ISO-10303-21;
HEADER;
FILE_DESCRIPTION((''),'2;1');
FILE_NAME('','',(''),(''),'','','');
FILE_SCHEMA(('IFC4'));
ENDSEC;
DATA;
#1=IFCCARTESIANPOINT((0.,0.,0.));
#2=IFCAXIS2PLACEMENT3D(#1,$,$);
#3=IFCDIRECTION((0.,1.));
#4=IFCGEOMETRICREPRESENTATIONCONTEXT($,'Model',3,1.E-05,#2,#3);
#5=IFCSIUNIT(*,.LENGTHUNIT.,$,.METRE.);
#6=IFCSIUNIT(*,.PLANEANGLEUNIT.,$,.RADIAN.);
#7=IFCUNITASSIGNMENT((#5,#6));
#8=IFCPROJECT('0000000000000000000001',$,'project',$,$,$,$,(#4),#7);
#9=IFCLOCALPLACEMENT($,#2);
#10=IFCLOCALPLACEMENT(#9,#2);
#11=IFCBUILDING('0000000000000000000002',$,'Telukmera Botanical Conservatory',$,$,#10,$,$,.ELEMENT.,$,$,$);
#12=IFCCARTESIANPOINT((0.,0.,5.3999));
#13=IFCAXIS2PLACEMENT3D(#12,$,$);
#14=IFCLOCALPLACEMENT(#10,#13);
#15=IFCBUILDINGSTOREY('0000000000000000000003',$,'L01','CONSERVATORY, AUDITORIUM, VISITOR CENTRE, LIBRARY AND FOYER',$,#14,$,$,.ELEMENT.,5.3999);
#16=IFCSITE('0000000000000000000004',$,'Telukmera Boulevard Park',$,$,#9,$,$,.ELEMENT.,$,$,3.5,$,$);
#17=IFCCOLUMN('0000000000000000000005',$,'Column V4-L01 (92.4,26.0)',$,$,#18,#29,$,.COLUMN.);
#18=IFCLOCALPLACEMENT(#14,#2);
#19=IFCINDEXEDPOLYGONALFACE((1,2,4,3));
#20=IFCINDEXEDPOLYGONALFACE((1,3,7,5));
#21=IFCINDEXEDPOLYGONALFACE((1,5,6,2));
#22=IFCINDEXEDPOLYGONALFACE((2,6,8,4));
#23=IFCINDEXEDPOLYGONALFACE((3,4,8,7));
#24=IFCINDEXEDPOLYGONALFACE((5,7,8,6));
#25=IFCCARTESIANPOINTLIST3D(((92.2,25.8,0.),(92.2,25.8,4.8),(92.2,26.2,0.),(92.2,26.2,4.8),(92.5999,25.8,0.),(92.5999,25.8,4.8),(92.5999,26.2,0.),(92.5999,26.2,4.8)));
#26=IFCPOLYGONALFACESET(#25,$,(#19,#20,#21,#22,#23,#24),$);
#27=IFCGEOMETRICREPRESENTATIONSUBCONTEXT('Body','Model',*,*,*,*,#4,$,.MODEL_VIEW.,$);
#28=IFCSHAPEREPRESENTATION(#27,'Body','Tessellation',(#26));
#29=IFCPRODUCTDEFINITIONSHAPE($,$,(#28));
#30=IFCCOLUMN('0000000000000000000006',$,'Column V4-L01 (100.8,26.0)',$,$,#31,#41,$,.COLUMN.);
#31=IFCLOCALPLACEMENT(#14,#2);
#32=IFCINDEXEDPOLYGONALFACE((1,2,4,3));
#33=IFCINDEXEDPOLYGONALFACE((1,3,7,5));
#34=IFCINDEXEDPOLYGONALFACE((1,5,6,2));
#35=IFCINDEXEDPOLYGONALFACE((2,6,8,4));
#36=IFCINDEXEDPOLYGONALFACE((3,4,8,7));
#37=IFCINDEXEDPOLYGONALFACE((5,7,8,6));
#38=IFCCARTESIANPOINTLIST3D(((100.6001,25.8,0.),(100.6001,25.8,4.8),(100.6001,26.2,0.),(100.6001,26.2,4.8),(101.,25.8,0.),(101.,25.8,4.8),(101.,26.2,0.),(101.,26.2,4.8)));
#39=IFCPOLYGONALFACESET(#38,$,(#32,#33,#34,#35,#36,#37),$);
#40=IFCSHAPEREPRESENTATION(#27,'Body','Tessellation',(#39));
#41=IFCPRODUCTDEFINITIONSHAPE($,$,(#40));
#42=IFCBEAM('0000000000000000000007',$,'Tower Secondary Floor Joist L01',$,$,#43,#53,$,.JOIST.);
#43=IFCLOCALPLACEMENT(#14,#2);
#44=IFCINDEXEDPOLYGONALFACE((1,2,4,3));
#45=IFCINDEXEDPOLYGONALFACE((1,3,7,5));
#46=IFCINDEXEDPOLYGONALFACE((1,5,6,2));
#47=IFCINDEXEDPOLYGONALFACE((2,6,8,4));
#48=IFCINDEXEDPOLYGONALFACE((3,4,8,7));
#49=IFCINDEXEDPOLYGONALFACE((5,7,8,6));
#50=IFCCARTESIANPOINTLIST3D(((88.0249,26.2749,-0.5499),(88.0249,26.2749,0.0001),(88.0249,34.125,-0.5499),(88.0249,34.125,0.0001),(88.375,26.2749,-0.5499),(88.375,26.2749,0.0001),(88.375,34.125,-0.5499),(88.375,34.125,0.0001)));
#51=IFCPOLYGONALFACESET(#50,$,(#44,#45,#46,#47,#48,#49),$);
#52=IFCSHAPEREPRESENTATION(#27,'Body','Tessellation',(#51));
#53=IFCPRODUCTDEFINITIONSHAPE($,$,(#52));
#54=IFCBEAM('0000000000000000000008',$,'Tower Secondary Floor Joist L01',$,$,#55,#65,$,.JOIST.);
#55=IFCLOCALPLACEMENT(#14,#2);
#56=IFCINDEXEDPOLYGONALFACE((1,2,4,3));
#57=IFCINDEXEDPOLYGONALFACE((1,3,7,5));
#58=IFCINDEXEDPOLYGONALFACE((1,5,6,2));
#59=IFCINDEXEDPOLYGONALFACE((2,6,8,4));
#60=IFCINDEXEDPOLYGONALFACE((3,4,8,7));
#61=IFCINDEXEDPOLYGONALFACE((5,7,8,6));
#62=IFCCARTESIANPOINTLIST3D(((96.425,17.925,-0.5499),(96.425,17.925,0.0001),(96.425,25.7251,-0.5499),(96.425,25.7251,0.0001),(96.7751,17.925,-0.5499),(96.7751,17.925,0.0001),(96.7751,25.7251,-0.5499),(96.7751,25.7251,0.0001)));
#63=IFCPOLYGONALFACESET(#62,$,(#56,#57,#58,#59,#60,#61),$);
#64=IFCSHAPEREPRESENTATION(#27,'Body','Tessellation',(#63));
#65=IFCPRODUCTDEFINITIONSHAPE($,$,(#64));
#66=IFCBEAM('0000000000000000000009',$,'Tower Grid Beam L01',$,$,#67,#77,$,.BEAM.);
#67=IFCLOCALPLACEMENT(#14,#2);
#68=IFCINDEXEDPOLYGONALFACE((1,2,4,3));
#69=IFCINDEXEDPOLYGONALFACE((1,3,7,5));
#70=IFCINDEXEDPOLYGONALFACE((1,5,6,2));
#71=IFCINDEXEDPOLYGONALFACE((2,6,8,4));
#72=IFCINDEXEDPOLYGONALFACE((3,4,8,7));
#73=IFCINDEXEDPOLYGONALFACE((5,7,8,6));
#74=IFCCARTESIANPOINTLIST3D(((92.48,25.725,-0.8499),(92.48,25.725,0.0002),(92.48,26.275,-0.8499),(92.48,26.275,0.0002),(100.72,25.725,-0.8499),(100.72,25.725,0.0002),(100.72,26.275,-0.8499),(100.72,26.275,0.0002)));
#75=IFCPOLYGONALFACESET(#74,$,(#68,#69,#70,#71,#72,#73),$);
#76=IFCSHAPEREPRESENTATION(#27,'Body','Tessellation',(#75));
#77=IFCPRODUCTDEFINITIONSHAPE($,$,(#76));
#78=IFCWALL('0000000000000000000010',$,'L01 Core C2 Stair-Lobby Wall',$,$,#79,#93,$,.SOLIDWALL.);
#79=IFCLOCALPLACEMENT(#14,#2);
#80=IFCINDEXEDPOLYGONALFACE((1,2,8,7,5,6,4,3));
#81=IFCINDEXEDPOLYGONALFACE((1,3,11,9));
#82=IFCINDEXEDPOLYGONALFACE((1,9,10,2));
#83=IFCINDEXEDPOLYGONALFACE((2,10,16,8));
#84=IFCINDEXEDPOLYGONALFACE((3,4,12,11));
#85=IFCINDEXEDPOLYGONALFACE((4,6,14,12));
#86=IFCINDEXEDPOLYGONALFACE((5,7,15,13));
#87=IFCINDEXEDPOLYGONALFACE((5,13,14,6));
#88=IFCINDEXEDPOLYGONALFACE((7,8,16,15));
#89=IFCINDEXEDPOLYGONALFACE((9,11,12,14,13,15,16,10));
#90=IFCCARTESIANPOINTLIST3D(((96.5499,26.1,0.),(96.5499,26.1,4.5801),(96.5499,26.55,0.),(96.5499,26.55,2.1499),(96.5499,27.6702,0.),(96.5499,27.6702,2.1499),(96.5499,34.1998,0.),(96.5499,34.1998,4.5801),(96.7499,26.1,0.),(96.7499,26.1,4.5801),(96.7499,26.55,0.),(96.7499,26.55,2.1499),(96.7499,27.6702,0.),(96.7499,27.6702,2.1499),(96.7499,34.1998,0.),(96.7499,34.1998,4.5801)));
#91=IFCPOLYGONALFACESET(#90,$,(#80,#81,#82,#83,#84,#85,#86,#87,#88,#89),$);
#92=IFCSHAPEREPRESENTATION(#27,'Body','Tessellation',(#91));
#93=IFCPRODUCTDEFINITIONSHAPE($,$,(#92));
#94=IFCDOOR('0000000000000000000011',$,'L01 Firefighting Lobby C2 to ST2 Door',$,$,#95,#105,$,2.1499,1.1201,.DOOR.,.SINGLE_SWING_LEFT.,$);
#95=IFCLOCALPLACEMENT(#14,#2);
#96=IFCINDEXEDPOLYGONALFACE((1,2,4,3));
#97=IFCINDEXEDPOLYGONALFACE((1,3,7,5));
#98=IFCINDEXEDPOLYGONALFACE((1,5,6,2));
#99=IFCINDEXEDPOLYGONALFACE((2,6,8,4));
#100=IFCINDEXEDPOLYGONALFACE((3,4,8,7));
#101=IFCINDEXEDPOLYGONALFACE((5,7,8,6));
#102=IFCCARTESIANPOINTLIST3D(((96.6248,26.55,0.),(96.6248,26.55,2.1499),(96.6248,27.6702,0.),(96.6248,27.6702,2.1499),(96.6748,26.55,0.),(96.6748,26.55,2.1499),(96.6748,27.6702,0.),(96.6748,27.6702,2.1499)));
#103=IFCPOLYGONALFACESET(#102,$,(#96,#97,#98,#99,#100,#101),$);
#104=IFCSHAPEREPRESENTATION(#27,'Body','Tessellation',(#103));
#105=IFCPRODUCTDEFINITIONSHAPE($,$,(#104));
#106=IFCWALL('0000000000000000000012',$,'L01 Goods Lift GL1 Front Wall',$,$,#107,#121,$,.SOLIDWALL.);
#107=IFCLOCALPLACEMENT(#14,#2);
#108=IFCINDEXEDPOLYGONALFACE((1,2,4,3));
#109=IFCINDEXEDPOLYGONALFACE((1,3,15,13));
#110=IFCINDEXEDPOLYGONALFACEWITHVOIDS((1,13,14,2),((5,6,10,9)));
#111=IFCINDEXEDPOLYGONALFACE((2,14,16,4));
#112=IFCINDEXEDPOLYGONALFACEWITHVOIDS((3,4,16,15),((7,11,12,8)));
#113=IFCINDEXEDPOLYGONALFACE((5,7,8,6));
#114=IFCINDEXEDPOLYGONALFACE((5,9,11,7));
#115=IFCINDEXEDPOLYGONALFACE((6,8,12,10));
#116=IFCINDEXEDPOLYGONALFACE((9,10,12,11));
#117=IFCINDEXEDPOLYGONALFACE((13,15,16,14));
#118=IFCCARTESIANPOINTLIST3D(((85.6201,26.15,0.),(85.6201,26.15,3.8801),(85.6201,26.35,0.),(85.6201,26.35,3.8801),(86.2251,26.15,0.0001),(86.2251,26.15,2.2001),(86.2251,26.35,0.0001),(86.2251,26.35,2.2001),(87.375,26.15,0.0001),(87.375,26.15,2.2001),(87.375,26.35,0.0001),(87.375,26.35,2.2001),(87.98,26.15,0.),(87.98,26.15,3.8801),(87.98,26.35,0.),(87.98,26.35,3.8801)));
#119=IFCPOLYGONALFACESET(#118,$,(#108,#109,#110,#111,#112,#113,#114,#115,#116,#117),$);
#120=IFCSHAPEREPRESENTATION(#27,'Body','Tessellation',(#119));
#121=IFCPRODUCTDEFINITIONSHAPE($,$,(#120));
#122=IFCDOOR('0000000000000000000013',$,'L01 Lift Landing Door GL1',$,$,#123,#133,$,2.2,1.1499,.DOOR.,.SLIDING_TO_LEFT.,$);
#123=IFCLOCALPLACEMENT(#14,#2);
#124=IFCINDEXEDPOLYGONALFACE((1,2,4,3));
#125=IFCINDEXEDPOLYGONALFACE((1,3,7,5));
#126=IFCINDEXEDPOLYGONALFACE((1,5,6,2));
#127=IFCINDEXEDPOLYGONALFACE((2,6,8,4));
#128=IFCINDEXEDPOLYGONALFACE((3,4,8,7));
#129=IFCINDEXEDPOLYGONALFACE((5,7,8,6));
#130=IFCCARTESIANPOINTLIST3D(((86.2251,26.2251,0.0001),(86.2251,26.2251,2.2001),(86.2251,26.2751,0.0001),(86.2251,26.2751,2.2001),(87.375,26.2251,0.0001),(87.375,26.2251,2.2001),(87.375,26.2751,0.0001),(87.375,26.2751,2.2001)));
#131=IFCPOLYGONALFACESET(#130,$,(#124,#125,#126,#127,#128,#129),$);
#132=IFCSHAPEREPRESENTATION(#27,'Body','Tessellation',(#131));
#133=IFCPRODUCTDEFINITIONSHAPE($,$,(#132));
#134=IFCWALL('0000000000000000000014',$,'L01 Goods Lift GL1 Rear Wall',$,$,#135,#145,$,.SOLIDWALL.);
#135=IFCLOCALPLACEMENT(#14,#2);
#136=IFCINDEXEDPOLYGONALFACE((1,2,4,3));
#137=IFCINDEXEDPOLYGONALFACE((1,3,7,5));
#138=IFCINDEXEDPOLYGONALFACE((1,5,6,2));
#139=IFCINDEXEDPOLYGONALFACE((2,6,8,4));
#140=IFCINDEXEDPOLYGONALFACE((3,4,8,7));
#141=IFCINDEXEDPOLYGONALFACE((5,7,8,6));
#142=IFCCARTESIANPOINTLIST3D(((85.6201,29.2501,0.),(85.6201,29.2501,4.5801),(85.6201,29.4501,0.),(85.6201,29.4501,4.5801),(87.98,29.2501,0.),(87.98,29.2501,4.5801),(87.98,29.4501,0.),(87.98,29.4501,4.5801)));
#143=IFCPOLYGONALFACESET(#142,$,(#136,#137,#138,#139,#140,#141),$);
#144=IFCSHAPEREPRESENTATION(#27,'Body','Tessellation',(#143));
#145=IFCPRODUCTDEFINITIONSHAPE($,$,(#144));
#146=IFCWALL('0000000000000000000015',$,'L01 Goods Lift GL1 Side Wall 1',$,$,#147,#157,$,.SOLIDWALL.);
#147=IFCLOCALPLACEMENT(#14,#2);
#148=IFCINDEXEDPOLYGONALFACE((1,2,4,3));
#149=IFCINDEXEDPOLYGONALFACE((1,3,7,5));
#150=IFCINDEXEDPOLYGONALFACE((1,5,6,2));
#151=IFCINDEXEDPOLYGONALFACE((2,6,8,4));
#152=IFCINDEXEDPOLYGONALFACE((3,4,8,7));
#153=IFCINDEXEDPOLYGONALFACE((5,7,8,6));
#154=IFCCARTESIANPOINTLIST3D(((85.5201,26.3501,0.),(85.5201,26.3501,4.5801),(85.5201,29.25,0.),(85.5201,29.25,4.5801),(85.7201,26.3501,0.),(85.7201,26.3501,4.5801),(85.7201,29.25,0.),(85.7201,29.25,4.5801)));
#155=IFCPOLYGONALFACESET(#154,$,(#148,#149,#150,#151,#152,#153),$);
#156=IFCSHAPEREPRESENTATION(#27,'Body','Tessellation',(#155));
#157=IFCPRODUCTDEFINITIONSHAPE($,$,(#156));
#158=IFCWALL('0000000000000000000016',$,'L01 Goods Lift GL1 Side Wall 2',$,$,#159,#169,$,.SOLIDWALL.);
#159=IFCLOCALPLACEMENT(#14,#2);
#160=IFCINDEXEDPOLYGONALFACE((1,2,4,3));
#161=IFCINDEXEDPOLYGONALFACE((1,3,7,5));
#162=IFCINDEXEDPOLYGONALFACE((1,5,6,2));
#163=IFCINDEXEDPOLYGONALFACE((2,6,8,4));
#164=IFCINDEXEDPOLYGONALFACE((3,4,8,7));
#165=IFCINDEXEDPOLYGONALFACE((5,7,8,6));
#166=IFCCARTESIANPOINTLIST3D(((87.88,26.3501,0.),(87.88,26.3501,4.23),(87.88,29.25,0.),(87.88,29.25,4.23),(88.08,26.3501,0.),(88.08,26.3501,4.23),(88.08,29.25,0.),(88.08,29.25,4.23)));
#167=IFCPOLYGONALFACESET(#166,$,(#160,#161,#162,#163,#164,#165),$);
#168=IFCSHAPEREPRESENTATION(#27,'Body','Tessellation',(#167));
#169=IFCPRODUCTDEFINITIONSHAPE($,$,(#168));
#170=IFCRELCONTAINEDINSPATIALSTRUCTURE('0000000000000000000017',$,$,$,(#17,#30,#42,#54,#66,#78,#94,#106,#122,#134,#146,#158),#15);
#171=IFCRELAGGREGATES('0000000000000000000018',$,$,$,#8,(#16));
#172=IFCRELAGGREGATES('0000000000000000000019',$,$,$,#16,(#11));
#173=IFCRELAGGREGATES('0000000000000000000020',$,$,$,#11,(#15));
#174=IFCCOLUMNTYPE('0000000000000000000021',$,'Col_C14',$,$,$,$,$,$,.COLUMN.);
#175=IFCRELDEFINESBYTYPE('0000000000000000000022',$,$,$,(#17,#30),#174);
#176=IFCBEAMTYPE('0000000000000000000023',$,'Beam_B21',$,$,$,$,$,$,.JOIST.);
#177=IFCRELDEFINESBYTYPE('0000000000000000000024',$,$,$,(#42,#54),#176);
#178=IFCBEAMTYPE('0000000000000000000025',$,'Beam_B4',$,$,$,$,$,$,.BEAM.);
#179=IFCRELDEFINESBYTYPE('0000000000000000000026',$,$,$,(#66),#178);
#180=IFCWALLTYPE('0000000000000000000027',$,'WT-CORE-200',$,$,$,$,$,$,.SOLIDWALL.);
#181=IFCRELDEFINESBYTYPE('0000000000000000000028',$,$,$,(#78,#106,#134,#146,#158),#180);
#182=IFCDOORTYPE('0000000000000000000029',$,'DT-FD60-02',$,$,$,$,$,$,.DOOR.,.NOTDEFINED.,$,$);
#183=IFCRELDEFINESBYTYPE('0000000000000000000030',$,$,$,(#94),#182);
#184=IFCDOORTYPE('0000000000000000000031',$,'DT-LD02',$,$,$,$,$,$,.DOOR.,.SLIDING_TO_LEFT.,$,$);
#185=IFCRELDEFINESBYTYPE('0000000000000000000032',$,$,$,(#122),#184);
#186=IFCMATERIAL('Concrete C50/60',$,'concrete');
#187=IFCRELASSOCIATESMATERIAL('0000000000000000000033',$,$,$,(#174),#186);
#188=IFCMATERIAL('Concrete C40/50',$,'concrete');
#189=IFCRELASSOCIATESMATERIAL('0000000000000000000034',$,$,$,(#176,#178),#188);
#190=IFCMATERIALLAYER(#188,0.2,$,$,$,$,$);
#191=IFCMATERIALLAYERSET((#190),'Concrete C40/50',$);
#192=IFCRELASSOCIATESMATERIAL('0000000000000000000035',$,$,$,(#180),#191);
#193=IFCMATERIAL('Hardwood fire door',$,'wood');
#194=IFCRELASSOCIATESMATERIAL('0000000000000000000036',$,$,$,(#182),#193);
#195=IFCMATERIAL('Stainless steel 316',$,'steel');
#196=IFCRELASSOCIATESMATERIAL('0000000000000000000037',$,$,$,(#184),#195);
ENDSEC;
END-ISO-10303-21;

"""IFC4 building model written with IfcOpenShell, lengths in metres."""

from ifc_helpers import new_model, si_unit, direction, frame, frame_2d, origin, origin_2d, place, context, subcontext, project, spatial, rectangle, extrude, material, layer, layer_set, material_profile, profile_set, type_object, element, fill, save


model = new_model("IFC4")

# Units and contexts
model_context = context("Model", 3, precision=1e-05, world=origin(), true_north=direction((0.0, 1.0)))
body_context = subcontext(model_context, "Body", "Model", "MODEL_VIEW")
ifc_project = project(units=[si_unit("LENGTHUNIT", "METRE"), si_unit("PLANEANGLEUNIT", "RADIAN")], contexts=[model_context])

# Site, building, storey
site_placement = place(None, origin())
site = spatial("IfcSite", under=ifc_project, at=site_placement, Name="Telukmera Boulevard Park", CompositionType="ELEMENT", RefElevation=3.5)
building_placement = place(site_placement, origin())
building = spatial("IfcBuilding", under=site, at=building_placement, Name="Telukmera Botanical Conservatory", CompositionType="ELEMENT")
storey_placement = place(building_placement, frame((0.0, 0.0, 5.3999)))
storey = spatial("IfcBuildingStorey", under=building, at=storey_placement, Name="L01", Description="CONSERVATORY, AUDITORIUM, VISITOR CENTRE, LIBRARY AND FOYER", CompositionType="ELEMENT", Elevation=5.3999)

# Columns
ifc_material_1 = material(Name="Concrete C50/60", Category="concrete")
ifc_material_profile_1 = material_profile(ifc_material_1, rectangle(XDim=0.3999, YDim=0.3999, at=origin_2d()), Name="RC 400x400")
ifc_profile_set_1 = profile_set([ifc_material_profile_1], Name="Concrete C50/60")
column_type = type_object("IfcColumnType", Name="Col_C14", PredefinedType="COLUMN", material=ifc_profile_set_1)
for number, where, z_axis, x_axis, name in (
    (1, (92.3999, 26.0, 0.0), (0.0, 0.0, 1.0), (1.0, 0.0, 0.0), "Column V4-L01 (92.4,26.0)"),
    (2, (100.8, 26.0, 0.0), (0.0, 0.0, 1.0), (1.0, 0.0, 0.0), "Column V4-L01 (100.8,26.0)"),
):
    element("IfcColumn", number, at=place(storey_placement, frame(where, z_axis=z_axis, x_axis=x_axis)), inside=storey, type_object=column_type, Name=name, PredefinedType="COLUMN", context=body_context, shape_type="SweptSolid", body=[
        extrude(rectangle(XDim=0.3999, YDim=0.3999, at=origin_2d()), origin(), (0.0, 0.0, 1.0), 4.8),
    ])

# Beams
ifc_material_2 = material(Name="Concrete C40/50", Category="concrete")
ifc_material_profile_2 = material_profile(ifc_material_2, rectangle(XDim=0.3501, YDim=0.55, at=origin_2d()), Name="RC 350x550")
ifc_profile_set_2 = profile_set([ifc_material_profile_2], Name="Concrete C40/50")
beam_type_1 = type_object("IfcBeamType", Name="Beam_B21", PredefinedType="JOIST", material=ifc_profile_set_2)
beam_1_placement = place(storey_placement, frame((88.2, 26.2749, -0.2749), z_axis=(0.0, 1.0, 0.0), x_axis=(-1.0, 0.0, 0.0)))
element("IfcBeam", 3, at=beam_1_placement, inside=storey, type_object=beam_type_1, Name="Tower Secondary Floor Joist L01", PredefinedType="JOIST", context=body_context, shape_type="SweptSolid", body=[
    extrude(rectangle(XDim=0.3501, YDim=0.55, at=origin_2d()), origin(), (0.0, 0.0, 1.0), 7.8501),
])
beam_2_placement = place(storey_placement, frame((96.6001, 17.925, -0.2749), z_axis=(0.0, 1.0, 0.0), x_axis=(-1.0, 0.0, 0.0)))
element("IfcBeam", 4, at=beam_2_placement, inside=storey, type_object=beam_type_1, Name="Tower Secondary Floor Joist L01", PredefinedType="JOIST", context=body_context, shape_type="SweptSolid", body=[
    extrude(rectangle(XDim=0.3501, YDim=0.55, at=origin_2d()), origin(), (0.0, 0.0, 1.0), 7.8),
])
ifc_material_profile_3 = material_profile(ifc_material_2, rectangle(XDim=0.55, YDim=0.8501, at=origin_2d()), Name="RC 550x850")
ifc_profile_set_3 = profile_set([ifc_material_profile_3], Name="Concrete C40/50")
beam_type_2 = type_object("IfcBeamType", Name="Beam_B4", PredefinedType="BEAM", material=ifc_profile_set_3)
beam_3_placement = place(storey_placement, frame((92.48, 26.0, -0.4248), z_axis=(1.0, 0.0, 0.0), x_axis=(0.0, 1.0, 0.0)))
element("IfcBeam", 5, at=beam_3_placement, inside=storey, type_object=beam_type_2, Name="Tower Grid Beam L01", PredefinedType="BEAM", context=body_context, shape_type="SweptSolid", body=[
    extrude(rectangle(XDim=0.55, YDim=0.8501, at=origin_2d()), origin(), (0.0, 0.0, 1.0), 8.24),
])

# Shared definitions
ifc_layer_1 = layer(ifc_material_2, 0.2)
ifc_layer_set_1 = layer_set([ifc_layer_1], Name="Concrete C40/50")
wall_type_1 = type_object("IfcWallType", Name="WT-CORE-200", PredefinedType="SOLIDWALL", material=ifc_layer_set_1)
ifc_material_3 = material(Name="Hardwood fire door", Category="wood")

# Walls, openings, doors
wall_1_placement = place(storey_placement, frame((96.6499, 26.1001, 0.0), z_axis=(0.0, 0.0, 1.0), x_axis=(0.0, 1.0, 0.0)))
wall_1 = element("IfcWall", 6, at=wall_1_placement, inside=storey, type_object=wall_type_1, Name="L01 Core C2 Stair-Lobby Wall", PredefinedType="SOLIDWALL", context=body_context, shape_type="SweptSolid", body=[
    extrude(rectangle(XDim=8.0999, YDim=0.2, at=frame_2d((4.0498, 0.0))), origin(), (0.0, 0.0, 1.0), 4.5801),
])
opening_1_placement = place(wall_1_placement, frame((0.45, 0.0, 0.0)))
opening_1 = element("IfcOpeningElement", 7, at=opening_1_placement, cuts=wall_1, PredefinedType="OPENING", context=body_context, shape_type="SweptSolid", body=[
    extrude(rectangle(XDim=1.1201, YDim=2.1499, at=frame_2d((0.5601, 1.075))), frame((0.0, 0.1099, 0.0), z_axis=(0.0, -1.0, 0.0), x_axis=(1.0, 0.0, 0.0)), (0.0, 0.0, 1.0), 0.22),
])
door_type_1 = type_object("IfcDoorType", Name="DT-FD60-02", OperationType="NOTDEFINED", PredefinedType="DOOR", material=ifc_material_3)
door_1_placement = place(opening_1_placement, frame((1.1201, 0.0, 0.0), z_axis=(0.0, 0.0, 1.0), x_axis=(-1.0, 0.0, 0.0)))
door_1 = element("IfcDoor", 8, at=door_1_placement, inside=storey, type_object=door_type_1, Name="L01 Firefighting Lobby C2 to ST2 Door", OperationType="SINGLE_SWING_LEFT", OverallHeight=2.1499, OverallWidth=1.1201, PredefinedType="DOOR", context=body_context, shape_type="SweptSolid", body=[
    extrude(rectangle(XDim=1.1201, YDim=2.1499, at=frame_2d((0.5601, 1.075))), frame((0.0, 0.0249, 0.0), z_axis=(0.0, -1.0, 0.0), x_axis=(1.0, 0.0, 0.0)), (0.0, 0.0, 1.0), 0.05),
])
fill(opening_1, door_1)
wall_2_placement = place(storey_placement, frame((85.6201, 26.25, 0.0), z_axis=(0.0, 0.0, 1.0), x_axis=(1.0, 0.0, 0.0)))
wall_2 = element("IfcWall", 9, at=wall_2_placement, inside=storey, type_object=wall_type_1, Name="L01 Goods Lift GL1 Front Wall", PredefinedType="SOLIDWALL", context=body_context, shape_type="SweptSolid", body=[
    extrude(rectangle(XDim=2.3599, YDim=0.2, at=frame_2d((1.1799, 0.0))), origin(), (0.0, 0.0, 1.0), 3.8801),
])
opening_2_placement = place(wall_2_placement, frame((0.605, 0.0, 0.0)))
opening_2 = element("IfcOpeningElement", 10, at=opening_2_placement, cuts=wall_2, PredefinedType="OPENING", context=body_context, shape_type="SweptSolid", body=[
    extrude(rectangle(XDim=1.1499, YDim=2.2, at=frame_2d((0.575, 1.1001))), frame((0.0, 0.1099, 0.0), z_axis=(0.0, -1.0, 0.0), x_axis=(1.0, 0.0, 0.0)), (0.0, 0.0, 1.0), 0.22),
])
ifc_material_4 = material(Name="Stainless steel 316", Category="steel")
door_type_2 = type_object("IfcDoorType", Name="DT-LD02", OperationType="SLIDING_TO_LEFT", PredefinedType="DOOR", material=ifc_material_4)
door_2_placement = place(opening_2_placement, frame((1.1499, 0.0, 0.0), z_axis=(0.0, 0.0, 1.0), x_axis=(-1.0, 0.0, 0.0)))
door_2 = element("IfcDoor", 11, at=door_2_placement, inside=storey, type_object=door_type_2, Name="L01 Lift Landing Door GL1", OperationType="SLIDING_TO_LEFT", OverallHeight=2.2, OverallWidth=1.1499, PredefinedType="DOOR", context=body_context, shape_type="SweptSolid", body=[
    extrude(rectangle(XDim=1.1499, YDim=2.2, at=frame_2d((0.575, 1.1001))), frame((0.0, 0.0249, 0.0), z_axis=(0.0, -1.0, 0.0), x_axis=(1.0, 0.0, 0.0)), (0.0, 0.0, 1.0), 0.05),
])
fill(opening_2, door_2)

# Walls
wall_3_placement = place(storey_placement, frame((85.6201, 29.3501, 0.0), z_axis=(0.0, 0.0, 1.0), x_axis=(1.0, 0.0, 0.0)))
element("IfcWall", 12, at=wall_3_placement, inside=storey, type_object=wall_type_1, Name="L01 Goods Lift GL1 Rear Wall", PredefinedType="SOLIDWALL", context=body_context, shape_type="SweptSolid", body=[
    extrude(rectangle(XDim=2.3599, YDim=0.2, at=frame_2d((1.1799, 0.0))), origin(), (0.0, 0.0, 1.0), 4.5801),
])
wall_4_placement = place(storey_placement, frame((85.6201, 26.3501, 0.0), z_axis=(0.0, 0.0, 1.0), x_axis=(0.0, 1.0, 0.0)))
element("IfcWall", 13, at=wall_4_placement, inside=storey, type_object=wall_type_1, Name="L01 Goods Lift GL1 Side Wall 1", PredefinedType="SOLIDWALL", context=body_context, shape_type="SweptSolid", body=[
    extrude(rectangle(XDim=2.8999, YDim=0.2, at=frame_2d((1.45, 0.0))), origin(), (0.0, 0.0, 1.0), 4.5801),
])
wall_5_placement = place(storey_placement, frame((87.98, 26.3501, 0.0), z_axis=(0.0, 0.0, 1.0), x_axis=(0.0, 1.0, 0.0)))
element("IfcWall", 14, at=wall_5_placement, inside=storey, type_object=wall_type_1, Name="L01 Goods Lift GL1 Side Wall 2", PredefinedType="SOLIDWALL", context=body_context, shape_type="SweptSolid", body=[
    extrude(rectangle(XDim=2.8999, YDim=0.2, at=frame_2d((1.45, 0.0))), origin(), (0.0, 0.0, 1.0), 4.23),
])

save(model, "model.ifc")
